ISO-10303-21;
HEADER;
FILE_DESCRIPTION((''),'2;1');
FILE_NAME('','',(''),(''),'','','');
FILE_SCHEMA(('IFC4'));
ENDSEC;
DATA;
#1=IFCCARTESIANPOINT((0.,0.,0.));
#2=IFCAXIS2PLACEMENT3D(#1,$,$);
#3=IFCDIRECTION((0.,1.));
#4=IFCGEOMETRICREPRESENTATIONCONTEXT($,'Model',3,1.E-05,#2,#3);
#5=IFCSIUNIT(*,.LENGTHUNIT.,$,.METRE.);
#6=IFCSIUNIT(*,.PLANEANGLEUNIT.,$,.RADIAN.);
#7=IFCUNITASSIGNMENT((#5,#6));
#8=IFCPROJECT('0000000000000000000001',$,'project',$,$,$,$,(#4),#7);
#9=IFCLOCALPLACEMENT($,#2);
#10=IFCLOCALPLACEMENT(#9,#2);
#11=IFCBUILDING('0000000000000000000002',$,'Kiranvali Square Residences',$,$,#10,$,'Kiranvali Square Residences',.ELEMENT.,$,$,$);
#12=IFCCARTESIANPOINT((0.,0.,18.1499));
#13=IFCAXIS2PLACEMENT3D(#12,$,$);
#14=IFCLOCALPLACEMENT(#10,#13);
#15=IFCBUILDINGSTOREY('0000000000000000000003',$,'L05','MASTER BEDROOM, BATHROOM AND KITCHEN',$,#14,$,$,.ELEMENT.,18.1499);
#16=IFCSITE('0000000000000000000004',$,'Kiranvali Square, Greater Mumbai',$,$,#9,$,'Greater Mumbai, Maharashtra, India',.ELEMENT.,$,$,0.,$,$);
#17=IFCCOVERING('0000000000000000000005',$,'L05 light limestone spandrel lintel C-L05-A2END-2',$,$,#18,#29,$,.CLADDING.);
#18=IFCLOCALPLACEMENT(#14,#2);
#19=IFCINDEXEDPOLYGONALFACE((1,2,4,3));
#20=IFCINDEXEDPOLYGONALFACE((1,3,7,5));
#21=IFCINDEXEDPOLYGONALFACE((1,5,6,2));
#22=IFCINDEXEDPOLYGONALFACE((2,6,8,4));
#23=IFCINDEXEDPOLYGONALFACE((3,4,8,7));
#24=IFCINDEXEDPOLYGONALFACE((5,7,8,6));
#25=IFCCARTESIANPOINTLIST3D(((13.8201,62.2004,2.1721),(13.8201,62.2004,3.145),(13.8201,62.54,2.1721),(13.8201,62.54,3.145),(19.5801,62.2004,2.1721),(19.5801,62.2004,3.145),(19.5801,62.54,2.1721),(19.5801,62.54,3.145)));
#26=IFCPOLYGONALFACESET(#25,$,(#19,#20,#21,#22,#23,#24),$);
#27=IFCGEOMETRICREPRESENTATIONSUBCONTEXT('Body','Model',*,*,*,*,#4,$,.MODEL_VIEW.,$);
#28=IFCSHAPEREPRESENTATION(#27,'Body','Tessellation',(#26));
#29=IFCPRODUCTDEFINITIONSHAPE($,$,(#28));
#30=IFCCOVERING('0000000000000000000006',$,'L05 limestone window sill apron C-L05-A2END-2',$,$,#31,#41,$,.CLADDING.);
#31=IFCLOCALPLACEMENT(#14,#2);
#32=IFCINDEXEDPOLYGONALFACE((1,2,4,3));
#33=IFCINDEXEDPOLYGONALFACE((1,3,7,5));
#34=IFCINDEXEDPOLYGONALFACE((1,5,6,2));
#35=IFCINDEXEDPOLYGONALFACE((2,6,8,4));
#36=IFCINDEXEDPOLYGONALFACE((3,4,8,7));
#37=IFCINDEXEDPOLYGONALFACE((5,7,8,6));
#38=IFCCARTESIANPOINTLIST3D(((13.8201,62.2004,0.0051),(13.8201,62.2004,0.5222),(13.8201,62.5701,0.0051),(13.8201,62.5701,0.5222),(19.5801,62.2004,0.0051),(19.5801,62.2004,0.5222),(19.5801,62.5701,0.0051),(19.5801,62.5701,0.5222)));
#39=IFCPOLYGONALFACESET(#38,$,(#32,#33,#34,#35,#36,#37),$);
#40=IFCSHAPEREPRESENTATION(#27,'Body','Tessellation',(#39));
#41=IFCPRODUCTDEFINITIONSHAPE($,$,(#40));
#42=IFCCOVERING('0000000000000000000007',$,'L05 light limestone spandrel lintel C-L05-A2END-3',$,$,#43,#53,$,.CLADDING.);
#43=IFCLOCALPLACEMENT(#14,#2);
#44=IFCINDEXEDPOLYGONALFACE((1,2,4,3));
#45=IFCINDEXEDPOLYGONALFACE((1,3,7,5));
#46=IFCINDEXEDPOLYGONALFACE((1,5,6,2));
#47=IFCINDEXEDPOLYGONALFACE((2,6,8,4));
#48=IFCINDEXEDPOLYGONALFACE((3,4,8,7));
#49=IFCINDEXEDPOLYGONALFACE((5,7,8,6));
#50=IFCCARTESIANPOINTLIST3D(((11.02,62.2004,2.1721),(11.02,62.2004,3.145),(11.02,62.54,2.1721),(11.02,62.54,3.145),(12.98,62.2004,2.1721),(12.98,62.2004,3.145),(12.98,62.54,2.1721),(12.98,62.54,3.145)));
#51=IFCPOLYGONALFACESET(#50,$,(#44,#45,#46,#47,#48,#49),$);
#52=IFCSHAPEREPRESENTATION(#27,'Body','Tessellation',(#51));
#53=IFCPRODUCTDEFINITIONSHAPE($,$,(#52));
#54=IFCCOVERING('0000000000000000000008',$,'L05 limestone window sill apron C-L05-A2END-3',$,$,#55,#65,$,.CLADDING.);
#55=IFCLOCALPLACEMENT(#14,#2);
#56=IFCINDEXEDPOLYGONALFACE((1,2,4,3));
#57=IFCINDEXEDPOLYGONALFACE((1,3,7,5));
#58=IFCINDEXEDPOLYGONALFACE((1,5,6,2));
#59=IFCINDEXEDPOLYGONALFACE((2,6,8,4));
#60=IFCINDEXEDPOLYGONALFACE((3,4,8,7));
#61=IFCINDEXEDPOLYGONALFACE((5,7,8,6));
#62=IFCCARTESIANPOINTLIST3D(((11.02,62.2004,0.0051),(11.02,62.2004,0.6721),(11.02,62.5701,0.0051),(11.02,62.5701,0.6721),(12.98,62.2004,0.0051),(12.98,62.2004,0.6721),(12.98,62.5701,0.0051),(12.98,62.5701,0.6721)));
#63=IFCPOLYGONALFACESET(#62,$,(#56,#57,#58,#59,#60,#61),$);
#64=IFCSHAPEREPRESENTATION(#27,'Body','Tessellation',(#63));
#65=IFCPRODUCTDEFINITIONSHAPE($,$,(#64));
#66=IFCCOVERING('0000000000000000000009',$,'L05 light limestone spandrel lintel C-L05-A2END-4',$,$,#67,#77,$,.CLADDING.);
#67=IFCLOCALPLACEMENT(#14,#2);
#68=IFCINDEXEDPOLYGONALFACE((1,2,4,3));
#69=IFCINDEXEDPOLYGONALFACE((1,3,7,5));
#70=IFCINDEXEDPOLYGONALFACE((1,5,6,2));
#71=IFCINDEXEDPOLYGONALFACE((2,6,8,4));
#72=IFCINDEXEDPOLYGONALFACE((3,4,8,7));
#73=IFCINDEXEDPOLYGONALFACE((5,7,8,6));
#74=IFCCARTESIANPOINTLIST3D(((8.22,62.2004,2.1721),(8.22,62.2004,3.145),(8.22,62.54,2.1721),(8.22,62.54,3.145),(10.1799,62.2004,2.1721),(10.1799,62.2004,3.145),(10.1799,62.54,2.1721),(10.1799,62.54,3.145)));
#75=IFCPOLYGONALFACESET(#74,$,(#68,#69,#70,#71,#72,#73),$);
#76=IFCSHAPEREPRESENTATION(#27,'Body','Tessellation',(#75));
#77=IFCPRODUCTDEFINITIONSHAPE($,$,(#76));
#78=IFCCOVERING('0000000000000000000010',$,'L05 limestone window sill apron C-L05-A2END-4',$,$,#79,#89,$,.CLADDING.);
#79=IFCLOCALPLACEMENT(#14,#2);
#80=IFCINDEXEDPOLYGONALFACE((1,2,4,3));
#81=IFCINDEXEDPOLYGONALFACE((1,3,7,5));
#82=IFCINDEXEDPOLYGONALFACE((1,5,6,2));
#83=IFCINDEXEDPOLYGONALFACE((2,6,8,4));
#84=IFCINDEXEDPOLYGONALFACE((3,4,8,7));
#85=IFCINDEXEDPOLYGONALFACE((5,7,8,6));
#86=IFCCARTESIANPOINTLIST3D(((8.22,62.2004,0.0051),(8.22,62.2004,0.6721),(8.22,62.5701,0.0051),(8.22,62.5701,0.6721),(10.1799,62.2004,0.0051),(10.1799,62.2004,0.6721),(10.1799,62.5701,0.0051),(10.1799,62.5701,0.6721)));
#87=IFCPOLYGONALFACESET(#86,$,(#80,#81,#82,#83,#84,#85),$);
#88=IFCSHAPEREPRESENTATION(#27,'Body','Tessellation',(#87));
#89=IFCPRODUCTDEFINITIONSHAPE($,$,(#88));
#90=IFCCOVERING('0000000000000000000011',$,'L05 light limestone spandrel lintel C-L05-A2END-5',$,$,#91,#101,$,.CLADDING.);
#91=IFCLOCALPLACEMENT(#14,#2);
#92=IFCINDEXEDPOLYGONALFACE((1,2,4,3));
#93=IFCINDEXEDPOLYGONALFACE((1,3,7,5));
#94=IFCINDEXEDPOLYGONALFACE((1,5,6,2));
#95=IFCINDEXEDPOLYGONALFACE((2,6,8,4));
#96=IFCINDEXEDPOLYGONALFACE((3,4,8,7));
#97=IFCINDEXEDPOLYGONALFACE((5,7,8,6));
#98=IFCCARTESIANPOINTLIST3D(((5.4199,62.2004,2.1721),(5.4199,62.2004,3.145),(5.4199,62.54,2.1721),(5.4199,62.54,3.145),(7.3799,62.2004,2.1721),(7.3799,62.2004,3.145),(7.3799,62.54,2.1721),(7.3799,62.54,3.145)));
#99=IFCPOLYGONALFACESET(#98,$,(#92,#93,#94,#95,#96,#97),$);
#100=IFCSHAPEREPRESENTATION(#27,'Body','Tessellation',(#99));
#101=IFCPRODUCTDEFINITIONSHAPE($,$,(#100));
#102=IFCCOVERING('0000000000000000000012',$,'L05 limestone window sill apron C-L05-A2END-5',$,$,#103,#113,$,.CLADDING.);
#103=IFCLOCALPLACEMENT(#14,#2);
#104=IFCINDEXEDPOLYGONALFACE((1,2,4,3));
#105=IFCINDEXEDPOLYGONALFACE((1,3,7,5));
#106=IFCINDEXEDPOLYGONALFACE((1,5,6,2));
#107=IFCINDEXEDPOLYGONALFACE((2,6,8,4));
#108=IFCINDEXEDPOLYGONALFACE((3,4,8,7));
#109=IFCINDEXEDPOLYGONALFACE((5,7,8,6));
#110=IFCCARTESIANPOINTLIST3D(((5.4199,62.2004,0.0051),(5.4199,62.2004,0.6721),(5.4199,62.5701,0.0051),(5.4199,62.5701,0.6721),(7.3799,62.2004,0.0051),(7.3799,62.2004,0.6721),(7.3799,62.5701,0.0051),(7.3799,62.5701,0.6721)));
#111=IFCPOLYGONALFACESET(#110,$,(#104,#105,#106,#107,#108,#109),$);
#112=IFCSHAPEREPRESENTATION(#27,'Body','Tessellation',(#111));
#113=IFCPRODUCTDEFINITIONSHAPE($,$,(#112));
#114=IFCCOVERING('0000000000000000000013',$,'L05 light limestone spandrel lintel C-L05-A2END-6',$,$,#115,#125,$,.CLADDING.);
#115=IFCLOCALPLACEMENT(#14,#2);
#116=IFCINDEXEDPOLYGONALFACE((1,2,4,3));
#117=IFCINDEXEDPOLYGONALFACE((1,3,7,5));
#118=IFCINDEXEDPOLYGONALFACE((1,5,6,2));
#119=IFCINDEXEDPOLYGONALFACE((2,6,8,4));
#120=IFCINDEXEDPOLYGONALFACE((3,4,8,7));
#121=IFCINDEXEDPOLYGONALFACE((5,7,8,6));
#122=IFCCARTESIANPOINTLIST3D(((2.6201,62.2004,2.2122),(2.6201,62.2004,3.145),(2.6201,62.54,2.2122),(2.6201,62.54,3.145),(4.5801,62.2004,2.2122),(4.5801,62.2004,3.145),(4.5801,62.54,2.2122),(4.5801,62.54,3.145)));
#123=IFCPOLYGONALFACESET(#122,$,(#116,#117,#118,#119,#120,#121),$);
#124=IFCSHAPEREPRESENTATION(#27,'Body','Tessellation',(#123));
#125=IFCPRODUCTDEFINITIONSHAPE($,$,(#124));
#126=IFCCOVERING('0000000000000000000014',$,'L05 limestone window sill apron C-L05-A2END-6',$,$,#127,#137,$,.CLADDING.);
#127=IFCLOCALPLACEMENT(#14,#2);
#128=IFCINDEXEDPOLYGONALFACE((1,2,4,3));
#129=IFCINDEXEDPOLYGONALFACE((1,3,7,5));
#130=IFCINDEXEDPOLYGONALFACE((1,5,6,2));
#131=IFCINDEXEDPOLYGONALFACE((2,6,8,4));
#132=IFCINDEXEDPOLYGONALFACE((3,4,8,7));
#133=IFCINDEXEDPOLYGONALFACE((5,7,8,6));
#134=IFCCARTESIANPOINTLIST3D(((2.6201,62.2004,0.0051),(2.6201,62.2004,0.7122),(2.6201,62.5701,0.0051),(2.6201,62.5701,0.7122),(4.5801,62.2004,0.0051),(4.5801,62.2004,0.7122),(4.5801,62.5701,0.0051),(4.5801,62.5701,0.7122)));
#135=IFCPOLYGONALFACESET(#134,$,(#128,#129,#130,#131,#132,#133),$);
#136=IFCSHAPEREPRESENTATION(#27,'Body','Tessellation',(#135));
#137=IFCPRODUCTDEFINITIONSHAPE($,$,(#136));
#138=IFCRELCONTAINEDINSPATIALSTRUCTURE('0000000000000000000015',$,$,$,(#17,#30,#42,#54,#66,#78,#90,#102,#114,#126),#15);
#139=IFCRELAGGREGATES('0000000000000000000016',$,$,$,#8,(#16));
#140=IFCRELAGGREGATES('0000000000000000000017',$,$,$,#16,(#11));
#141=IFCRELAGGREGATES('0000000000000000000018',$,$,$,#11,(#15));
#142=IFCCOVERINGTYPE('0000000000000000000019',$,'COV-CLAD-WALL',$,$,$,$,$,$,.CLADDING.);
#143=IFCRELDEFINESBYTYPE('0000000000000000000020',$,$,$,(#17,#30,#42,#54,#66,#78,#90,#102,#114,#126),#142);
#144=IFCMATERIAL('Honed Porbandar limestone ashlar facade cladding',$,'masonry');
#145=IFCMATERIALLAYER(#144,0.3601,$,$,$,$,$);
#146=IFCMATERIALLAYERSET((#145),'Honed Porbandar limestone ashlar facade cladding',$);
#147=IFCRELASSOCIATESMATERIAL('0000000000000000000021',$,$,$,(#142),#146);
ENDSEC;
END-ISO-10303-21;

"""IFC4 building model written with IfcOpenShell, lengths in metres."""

from ifc_helpers import new_model, si_unit, direction, frame, origin, place, context, subcontext, project, spatial, polyline, outline, extrude, material, layer, layer_set, type_object, element, save


model = new_model("IFC4")

# Units and contexts
model_context = context("Model", 3, precision=1e-05, world=origin(), true_north=direction((0.0, 1.0)))
body_context = subcontext(model_context, "Body", "Model", "MODEL_VIEW")
ifc_project = project(units=[si_unit("LENGTHUNIT", "METRE"), si_unit("PLANEANGLEUNIT", "RADIAN")], contexts=[model_context])

# Site, building, storey
site_placement = place(None, origin())
site = spatial("IfcSite", under=ifc_project, at=site_placement, Name="Kiranvali Square, Greater Mumbai", LongName="Greater Mumbai, Maharashtra, India", CompositionType="ELEMENT", RefElevation=0.0)
building_placement = place(site_placement, origin())
building = spatial("IfcBuilding", under=site, at=building_placement, Name="Kiranvali Square Residences", LongName="Kiranvali Square Residences", CompositionType="ELEMENT")
storey_placement = place(building_placement, frame((0.0, 0.0, 18.1499)))
storey = spatial("IfcBuildingStorey", under=building, at=storey_placement, Name="L05", Description="MASTER BEDROOM, BATHROOM AND KITCHEN", CompositionType="ELEMENT", Elevation=18.1499)

# Coverings
ifc_material_1 = material(Name="Honed Porbandar limestone ashlar facade cladding", Category="masonry")
ifc_layer_1 = layer(ifc_material_1, 0.3601)
ifc_layer_set_1 = layer_set([ifc_layer_1], Name="Honed Porbandar limestone ashlar facade cladding")
covering_type_1 = type_object("IfcCoveringType", Name="COV-CLAD-WALL", PredefinedType="CLADDING", material=ifc_layer_set_1)
covering_1_placement = place(storey_placement, frame((0.0, 0.0, 2.1721)))
element("IfcCovering", 1, at=covering_1_placement, inside=storey, type_object=covering_type_1, Name="L05 light limestone spandrel lintel C-L05-A2END-2", PredefinedType="CLADDING", context=body_context, shape_type="SweptSolid", body=[
    extrude(outline(polyline([(19.5801, 62.54), (13.8201, 62.54), (13.8201, 62.2004), (19.5801, 62.2004), (19.5801, 62.54)])), origin(), (0.0, 0.0, 1.0), 0.9729),
])
covering_2_placement = place(storey_placement, frame((0.0, 0.0, 0.0051)))
element("IfcCovering", 2, at=covering_2_placement, inside=storey, type_object=covering_type_1, Name="L05 limestone window sill apron C-L05-A2END-2", PredefinedType="CLADDING", context=body_context, shape_type="SweptSolid", body=[
    extrude(outline(polyline([(19.5801, 62.5701), (13.8201, 62.5701), (13.8201, 62.2004), (19.5801, 62.2004), (19.5801, 62.5701)])), origin(), (0.0, 0.0, 1.0), 0.5171),
])
covering_3_placement = place(storey_placement, frame((0.0, 0.0, 2.1721)))
element("IfcCovering", 3, at=covering_3_placement, inside=storey, type_object=covering_type_1, Name="L05 light limestone spandrel lintel C-L05-A2END-3", PredefinedType="CLADDING", context=body_context, shape_type="SweptSolid", body=[
    extrude(outline(polyline([(12.98, 62.54), (11.02, 62.54), (11.02, 62.2004), (12.98, 62.2004), (12.98, 62.54)])), origin(), (0.0, 0.0, 1.0), 0.9729),
])
covering_4_placement = place(storey_placement, frame((0.0, 0.0, 0.0051)))
element("IfcCovering", 4, at=covering_4_placement, inside=storey, type_object=covering_type_1, Name="L05 limestone window sill apron C-L05-A2END-3", PredefinedType="CLADDING", context=body_context, shape_type="SweptSolid", body=[
    extrude(outline(polyline([(12.98, 62.5701), (11.02, 62.5701), (11.02, 62.2004), (12.98, 62.2004), (12.98, 62.5701)])), origin(), (0.0, 0.0, 1.0), 0.667),
])
covering_5_placement = place(storey_placement, frame((0.0, 0.0, 2.1721)))
element("IfcCovering", 5, at=covering_5_placement, inside=storey, type_object=covering_type_1, Name="L05 light limestone spandrel lintel C-L05-A2END-4", PredefinedType="CLADDING", context=body_context, shape_type="SweptSolid", body=[
    extrude(outline(polyline([(10.1799, 62.54), (8.22, 62.54), (8.22, 62.2004), (10.1799, 62.2004), (10.1799, 62.54)])), origin(), (0.0, 0.0, 1.0), 0.9729),
])
covering_6_placement = place(storey_placement, frame((0.0, 0.0, 0.0051)))
element("IfcCovering", 6, at=covering_6_placement, inside=storey, type_object=covering_type_1, Name="L05 limestone window sill apron C-L05-A2END-4", PredefinedType="CLADDING", context=body_context, shape_type="SweptSolid", body=[
    extrude(outline(polyline([(10.1799, 62.5701), (8.22, 62.5701), (8.22, 62.2004), (10.1799, 62.2004), (10.1799, 62.5701)])), origin(), (0.0, 0.0, 1.0), 0.667),
])
covering_7_placement = place(storey_placement, frame((0.0, 0.0, 2.1721)))
element("IfcCovering", 7, at=covering_7_placement, inside=storey, type_object=covering_type_1, Name="L05 light limestone spandrel lintel C-L05-A2END-5", PredefinedType="CLADDING", context=body_context, shape_type="SweptSolid", body=[
    extrude(outline(polyline([(7.3799, 62.54), (5.4199, 62.54), (5.4199, 62.2004), (7.3799, 62.2004), (7.3799, 62.54)])), origin(), (0.0, 0.0, 1.0), 0.9729),
])
covering_8_placement = place(storey_placement, frame((0.0, 0.0, 0.0051)))
element("IfcCovering", 8, at=covering_8_placement, inside=storey, type_object=covering_type_1, Name="L05 limestone window sill apron C-L05-A2END-5", PredefinedType="CLADDING", context=body_context, shape_type="SweptSolid", body=[
    extrude(outline(polyline([(7.3799, 62.5701), (5.4199, 62.5701), (5.4199, 62.2004), (7.3799, 62.2004), (7.3799, 62.5701)])), origin(), (0.0, 0.0, 1.0), 0.667),
])
covering_9_placement = place(storey_placement, frame((0.0, 0.0, 2.2122)))
element("IfcCovering", 9, at=covering_9_placement, inside=storey, type_object=covering_type_1, Name="L05 light limestone spandrel lintel C-L05-A2END-6", PredefinedType="CLADDING", context=body_context, shape_type="SweptSolid", body=[
    extrude(outline(polyline([(4.5801, 62.54), (2.6201, 62.54), (2.6201, 62.2004), (4.5801, 62.2004), (4.5801, 62.54)])), origin(), (0.0, 0.0, 1.0), 0.9329),
])
covering_10_placement = place(storey_placement, frame((0.0, 0.0, 0.0051)))
element("IfcCovering", 10, at=covering_10_placement, inside=storey, type_object=covering_type_1, Name="L05 limestone window sill apron C-L05-A2END-6", PredefinedType="CLADDING", context=body_context, shape_type="SweptSolid", body=[
    extrude(outline(polyline([(4.5801, 62.5701), (2.6201, 62.5701), (2.6201, 62.2004), (4.5801, 62.2004), (4.5801, 62.5701)])), origin(), (0.0, 0.0, 1.0), 0.707),
])

save(model, "model.ifc")
